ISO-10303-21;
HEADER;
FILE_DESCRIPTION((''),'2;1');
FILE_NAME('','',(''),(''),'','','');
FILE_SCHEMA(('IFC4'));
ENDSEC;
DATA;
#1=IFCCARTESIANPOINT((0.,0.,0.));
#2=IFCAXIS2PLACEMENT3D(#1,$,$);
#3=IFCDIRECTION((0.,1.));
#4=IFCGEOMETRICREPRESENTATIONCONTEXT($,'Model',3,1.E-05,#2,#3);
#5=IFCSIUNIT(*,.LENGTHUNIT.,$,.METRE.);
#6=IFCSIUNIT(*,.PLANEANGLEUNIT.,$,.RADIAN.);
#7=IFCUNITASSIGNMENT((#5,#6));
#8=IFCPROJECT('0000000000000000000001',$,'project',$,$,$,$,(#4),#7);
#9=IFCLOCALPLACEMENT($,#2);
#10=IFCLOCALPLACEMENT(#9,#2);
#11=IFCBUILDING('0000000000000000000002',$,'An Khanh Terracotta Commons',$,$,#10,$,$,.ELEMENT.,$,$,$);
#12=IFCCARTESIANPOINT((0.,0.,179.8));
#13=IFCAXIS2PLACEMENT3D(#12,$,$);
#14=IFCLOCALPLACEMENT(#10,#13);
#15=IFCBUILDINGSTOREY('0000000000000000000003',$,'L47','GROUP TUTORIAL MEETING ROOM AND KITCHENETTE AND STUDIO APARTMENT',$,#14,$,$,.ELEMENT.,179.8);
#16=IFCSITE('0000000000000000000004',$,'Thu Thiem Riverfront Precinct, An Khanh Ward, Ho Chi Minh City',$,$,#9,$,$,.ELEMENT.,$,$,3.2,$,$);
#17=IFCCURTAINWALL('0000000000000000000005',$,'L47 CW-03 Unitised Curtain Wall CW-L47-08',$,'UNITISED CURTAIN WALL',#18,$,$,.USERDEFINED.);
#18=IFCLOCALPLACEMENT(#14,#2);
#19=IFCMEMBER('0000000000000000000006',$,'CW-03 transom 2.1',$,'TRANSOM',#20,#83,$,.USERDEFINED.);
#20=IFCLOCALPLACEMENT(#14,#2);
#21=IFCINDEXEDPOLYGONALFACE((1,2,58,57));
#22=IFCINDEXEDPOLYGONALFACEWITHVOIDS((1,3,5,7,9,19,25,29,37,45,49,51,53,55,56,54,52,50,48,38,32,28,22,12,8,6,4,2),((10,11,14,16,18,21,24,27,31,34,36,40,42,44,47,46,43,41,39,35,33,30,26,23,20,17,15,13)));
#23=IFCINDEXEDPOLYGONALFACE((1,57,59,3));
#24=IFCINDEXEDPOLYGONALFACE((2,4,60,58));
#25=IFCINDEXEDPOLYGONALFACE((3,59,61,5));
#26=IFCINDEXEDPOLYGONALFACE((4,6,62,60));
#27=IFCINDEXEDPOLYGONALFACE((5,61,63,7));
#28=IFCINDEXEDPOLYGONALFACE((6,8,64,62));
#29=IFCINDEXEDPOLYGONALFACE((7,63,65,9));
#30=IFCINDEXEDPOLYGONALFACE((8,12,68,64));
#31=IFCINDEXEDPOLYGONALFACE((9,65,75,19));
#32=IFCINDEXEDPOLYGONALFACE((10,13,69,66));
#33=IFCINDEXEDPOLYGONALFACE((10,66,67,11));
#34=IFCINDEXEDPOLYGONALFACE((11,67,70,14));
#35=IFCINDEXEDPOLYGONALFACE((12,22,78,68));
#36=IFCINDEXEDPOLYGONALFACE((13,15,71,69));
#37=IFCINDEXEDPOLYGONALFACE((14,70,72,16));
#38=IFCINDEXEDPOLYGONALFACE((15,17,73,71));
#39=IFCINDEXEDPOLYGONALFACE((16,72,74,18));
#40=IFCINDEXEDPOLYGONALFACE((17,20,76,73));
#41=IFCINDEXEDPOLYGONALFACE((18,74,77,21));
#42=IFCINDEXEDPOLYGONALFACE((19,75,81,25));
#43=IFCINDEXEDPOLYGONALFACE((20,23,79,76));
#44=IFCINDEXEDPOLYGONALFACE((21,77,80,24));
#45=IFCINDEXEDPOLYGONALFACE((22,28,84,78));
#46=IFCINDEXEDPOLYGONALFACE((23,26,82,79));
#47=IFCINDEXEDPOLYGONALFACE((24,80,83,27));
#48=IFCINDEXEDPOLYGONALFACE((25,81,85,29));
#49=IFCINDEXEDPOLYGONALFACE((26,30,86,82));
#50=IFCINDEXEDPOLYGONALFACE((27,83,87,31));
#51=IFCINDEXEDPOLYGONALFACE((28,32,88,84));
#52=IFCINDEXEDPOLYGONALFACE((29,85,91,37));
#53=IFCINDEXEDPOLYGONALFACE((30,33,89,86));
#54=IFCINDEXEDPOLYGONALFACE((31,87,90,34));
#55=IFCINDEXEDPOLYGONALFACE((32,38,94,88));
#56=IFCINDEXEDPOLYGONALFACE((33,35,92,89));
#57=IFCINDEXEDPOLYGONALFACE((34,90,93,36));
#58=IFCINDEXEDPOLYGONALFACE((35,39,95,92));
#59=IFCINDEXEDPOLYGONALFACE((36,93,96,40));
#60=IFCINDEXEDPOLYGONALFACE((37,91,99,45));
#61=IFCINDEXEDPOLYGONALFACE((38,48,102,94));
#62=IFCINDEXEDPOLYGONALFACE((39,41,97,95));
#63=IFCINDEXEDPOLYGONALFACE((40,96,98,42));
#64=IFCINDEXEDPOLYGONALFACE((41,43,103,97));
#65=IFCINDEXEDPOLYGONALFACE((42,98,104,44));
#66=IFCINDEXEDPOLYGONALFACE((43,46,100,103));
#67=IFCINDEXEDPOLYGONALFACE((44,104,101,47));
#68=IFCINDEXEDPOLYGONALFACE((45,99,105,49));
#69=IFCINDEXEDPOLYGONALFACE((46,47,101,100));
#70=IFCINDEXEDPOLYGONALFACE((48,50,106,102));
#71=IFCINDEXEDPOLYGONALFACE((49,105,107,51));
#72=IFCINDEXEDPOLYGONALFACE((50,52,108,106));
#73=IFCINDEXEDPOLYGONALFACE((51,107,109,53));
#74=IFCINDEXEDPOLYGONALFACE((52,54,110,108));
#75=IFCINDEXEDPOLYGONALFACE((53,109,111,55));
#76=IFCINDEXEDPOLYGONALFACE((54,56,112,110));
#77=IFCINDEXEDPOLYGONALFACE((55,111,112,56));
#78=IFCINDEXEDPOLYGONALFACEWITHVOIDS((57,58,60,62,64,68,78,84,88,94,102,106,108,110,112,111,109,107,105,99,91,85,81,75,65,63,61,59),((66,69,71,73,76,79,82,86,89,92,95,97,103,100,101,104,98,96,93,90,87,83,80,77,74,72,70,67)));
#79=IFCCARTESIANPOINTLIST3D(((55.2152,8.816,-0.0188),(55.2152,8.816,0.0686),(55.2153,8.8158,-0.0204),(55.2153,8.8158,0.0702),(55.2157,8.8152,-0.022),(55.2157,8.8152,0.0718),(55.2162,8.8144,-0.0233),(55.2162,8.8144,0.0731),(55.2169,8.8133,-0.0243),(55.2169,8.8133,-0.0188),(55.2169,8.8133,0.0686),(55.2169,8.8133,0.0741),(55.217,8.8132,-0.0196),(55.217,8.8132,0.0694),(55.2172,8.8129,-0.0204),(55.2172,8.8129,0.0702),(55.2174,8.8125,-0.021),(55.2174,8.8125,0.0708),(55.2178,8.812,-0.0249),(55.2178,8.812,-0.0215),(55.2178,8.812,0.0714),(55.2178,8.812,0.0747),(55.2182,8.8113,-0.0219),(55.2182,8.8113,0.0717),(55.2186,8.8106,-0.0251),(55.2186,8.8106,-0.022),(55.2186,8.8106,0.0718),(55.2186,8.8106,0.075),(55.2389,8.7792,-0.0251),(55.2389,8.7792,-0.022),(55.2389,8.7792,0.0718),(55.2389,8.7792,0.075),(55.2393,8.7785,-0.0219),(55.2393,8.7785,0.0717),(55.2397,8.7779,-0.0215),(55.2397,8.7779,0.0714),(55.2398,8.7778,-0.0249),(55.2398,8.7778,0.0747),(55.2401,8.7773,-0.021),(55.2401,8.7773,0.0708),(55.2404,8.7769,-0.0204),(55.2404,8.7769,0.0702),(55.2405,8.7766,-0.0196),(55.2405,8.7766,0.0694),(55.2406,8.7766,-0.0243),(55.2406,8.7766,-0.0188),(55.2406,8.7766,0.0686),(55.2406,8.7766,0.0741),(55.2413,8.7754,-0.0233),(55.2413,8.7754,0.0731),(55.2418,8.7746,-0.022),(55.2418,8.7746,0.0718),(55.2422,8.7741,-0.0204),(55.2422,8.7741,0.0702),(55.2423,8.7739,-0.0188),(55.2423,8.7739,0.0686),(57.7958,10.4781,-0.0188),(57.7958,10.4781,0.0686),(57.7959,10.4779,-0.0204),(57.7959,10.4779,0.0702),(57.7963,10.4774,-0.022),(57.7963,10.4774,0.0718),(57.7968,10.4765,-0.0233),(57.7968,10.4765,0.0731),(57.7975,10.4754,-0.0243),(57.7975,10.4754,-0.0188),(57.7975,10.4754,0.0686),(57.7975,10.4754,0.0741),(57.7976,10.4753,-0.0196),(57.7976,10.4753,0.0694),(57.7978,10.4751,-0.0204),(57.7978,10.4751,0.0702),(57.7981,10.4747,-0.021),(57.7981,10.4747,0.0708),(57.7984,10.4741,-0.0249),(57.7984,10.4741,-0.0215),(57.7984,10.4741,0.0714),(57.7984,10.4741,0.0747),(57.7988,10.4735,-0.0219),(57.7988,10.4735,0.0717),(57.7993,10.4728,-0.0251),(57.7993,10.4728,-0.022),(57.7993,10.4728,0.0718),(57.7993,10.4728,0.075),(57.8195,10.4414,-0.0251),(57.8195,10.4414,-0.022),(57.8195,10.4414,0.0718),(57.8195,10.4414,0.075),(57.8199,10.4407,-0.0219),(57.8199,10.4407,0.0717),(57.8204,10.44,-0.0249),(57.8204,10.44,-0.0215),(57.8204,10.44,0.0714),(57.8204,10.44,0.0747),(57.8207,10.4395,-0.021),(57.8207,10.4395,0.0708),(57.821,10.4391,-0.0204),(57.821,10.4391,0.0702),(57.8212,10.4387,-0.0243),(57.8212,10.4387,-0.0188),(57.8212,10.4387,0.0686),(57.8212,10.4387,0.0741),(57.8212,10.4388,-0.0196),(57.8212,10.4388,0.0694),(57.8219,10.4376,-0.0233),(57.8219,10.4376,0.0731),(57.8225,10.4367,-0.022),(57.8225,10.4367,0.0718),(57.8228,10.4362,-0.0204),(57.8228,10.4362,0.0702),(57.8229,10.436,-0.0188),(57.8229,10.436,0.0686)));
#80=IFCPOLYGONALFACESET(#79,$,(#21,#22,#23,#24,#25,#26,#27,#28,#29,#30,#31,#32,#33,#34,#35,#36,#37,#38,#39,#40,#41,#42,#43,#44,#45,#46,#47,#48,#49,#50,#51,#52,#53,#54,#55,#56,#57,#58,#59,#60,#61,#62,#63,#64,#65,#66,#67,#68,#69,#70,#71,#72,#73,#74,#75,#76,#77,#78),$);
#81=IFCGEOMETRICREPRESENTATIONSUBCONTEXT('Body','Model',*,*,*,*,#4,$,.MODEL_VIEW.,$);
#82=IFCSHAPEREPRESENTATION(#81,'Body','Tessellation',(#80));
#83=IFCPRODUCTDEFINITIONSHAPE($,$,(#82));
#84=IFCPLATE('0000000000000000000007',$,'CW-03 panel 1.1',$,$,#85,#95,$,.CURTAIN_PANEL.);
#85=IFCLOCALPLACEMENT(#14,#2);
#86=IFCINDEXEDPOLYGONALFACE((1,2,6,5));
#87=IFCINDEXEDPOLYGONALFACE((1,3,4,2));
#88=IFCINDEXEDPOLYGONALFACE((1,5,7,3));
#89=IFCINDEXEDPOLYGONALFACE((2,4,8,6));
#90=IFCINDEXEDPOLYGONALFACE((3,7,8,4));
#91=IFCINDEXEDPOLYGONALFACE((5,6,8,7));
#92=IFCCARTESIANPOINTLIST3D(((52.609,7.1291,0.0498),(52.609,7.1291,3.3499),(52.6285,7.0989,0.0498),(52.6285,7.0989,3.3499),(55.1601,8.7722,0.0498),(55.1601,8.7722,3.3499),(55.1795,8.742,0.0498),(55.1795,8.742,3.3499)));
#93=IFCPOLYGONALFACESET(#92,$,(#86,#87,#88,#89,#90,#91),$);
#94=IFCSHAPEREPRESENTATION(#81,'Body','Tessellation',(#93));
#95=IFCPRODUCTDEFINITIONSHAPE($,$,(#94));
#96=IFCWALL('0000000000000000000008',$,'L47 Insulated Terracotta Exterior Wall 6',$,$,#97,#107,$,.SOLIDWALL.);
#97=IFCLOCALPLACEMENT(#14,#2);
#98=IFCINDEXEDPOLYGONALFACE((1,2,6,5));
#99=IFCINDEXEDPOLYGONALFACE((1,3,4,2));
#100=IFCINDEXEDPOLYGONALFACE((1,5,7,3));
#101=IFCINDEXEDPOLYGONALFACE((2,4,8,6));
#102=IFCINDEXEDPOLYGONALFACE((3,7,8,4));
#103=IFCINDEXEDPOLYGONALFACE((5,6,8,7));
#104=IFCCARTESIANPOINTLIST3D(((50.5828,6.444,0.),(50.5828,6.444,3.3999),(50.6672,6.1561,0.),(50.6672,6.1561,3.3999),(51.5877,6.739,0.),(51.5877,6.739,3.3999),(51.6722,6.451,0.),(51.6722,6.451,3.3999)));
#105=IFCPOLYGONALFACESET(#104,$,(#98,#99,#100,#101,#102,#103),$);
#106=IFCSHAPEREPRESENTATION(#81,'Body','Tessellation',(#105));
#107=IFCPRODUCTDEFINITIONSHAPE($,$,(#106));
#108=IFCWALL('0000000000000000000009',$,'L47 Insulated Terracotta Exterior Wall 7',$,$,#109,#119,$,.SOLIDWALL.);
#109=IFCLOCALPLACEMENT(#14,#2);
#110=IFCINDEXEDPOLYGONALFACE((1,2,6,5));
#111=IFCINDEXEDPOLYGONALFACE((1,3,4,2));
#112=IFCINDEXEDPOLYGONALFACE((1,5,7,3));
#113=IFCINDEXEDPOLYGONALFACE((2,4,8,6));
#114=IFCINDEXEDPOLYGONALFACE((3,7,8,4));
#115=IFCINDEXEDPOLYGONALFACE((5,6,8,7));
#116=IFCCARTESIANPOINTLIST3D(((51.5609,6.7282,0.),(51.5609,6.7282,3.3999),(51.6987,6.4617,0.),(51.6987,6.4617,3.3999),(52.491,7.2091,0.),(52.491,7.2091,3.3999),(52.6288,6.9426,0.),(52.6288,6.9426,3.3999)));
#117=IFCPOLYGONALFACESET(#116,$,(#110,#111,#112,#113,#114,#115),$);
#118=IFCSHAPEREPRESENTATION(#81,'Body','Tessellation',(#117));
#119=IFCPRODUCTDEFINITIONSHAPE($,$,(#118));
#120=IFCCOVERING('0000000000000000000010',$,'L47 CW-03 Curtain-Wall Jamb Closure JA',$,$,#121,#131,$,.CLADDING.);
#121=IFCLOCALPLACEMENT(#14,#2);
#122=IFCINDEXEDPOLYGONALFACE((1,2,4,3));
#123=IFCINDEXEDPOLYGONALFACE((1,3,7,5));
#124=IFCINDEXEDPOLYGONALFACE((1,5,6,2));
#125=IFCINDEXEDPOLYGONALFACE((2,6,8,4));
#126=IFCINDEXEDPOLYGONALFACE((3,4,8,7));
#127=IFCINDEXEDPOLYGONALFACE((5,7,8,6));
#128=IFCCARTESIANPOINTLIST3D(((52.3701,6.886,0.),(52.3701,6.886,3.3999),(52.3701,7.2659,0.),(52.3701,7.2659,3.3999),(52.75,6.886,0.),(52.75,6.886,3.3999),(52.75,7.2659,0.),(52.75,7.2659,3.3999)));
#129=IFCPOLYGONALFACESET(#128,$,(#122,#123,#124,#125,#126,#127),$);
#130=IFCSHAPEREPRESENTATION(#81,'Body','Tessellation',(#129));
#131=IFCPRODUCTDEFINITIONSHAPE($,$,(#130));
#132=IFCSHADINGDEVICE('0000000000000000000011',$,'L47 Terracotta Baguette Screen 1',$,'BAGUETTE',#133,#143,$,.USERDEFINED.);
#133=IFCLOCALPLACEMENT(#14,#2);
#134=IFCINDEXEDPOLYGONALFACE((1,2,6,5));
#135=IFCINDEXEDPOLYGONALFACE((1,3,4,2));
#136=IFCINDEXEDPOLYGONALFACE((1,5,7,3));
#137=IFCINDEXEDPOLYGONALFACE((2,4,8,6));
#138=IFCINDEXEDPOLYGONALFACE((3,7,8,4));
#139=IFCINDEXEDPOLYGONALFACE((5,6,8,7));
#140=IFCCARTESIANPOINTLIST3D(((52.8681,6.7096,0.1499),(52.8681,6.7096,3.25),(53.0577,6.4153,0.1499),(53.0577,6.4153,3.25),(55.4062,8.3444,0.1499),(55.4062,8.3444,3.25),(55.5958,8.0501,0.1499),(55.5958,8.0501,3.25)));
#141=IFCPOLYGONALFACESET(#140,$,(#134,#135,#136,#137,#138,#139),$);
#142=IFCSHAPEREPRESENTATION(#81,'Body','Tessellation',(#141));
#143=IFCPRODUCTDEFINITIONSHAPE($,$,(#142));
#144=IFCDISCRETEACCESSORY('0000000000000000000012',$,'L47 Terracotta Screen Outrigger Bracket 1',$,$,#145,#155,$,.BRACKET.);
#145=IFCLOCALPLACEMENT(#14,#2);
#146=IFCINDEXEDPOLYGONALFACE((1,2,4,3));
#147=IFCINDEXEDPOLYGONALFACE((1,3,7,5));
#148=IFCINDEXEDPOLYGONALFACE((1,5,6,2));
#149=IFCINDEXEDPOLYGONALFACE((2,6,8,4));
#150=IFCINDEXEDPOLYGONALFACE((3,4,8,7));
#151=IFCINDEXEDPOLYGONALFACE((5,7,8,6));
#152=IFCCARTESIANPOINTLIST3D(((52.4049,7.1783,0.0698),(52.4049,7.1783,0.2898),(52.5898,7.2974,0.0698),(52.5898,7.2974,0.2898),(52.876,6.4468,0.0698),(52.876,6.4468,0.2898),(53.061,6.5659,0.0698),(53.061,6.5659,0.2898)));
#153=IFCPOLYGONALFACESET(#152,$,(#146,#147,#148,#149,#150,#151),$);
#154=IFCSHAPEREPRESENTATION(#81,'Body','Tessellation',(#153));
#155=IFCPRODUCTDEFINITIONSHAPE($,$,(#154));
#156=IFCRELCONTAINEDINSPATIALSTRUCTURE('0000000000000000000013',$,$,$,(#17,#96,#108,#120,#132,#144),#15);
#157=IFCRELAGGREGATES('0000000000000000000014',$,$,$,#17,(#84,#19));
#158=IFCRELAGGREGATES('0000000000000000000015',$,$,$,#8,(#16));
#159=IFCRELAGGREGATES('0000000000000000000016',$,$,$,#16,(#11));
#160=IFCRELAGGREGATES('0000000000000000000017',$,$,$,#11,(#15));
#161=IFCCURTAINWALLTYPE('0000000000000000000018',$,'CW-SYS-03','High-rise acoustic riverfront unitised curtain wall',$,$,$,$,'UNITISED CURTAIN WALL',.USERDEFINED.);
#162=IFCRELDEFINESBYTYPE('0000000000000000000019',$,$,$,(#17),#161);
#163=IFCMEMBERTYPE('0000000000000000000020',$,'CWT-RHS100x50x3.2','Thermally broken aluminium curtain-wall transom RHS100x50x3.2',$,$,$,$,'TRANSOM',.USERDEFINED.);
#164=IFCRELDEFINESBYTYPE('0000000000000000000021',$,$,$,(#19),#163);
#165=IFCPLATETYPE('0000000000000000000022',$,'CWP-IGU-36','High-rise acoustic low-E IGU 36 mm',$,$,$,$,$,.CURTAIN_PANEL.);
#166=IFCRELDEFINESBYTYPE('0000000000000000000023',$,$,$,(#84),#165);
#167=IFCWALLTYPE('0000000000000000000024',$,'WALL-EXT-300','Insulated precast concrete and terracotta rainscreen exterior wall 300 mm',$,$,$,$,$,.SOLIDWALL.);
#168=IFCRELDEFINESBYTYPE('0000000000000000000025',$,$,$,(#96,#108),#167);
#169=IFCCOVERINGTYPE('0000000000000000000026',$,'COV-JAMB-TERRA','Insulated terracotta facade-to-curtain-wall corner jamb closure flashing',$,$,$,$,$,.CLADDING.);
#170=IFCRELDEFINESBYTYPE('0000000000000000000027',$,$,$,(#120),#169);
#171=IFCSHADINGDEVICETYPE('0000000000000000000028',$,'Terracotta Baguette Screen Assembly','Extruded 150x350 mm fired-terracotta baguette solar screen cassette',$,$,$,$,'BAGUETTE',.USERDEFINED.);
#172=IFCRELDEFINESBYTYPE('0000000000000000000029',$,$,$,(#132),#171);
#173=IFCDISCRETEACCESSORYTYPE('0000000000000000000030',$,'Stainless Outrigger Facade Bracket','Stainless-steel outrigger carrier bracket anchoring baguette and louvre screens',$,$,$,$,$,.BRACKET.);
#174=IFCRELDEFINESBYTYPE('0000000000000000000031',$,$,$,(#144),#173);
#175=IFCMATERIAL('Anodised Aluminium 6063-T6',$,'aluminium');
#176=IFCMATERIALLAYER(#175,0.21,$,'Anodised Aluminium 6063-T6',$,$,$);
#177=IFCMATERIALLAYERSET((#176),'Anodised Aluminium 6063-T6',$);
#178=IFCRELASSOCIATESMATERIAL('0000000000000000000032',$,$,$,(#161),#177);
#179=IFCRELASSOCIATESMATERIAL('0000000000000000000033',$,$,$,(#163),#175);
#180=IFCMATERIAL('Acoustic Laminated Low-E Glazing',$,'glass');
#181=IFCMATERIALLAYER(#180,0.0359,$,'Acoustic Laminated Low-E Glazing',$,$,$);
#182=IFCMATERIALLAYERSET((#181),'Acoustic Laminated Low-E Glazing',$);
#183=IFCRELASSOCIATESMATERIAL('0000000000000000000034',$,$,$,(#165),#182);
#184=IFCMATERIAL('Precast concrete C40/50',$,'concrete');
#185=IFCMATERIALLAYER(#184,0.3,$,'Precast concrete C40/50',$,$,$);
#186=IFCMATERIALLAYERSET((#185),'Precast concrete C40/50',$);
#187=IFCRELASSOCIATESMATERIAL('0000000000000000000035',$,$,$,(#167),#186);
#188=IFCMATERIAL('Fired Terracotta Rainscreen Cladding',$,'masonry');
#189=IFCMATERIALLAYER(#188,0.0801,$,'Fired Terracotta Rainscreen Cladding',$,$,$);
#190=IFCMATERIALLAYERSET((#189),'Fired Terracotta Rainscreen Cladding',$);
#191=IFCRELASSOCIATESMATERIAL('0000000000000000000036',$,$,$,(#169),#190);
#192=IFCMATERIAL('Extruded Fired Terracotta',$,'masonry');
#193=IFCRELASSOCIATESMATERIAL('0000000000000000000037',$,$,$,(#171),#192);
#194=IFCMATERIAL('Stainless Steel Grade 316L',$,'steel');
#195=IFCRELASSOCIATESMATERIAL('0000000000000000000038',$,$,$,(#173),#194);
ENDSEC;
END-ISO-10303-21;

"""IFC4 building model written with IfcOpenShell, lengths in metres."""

from ifc_helpers import new_model, si_unit, direction, frame, frame_2d, origin, origin_2d, place, context, subcontext, project, spatial, rectangle, hollow_rectangle, extrude, material, layer, layer_set, material_profile, profile_set, type_object, element, aggregate, save


model = new_model("IFC4")

# Units and contexts
model_context = context("Model", 3, precision=1e-05, world=origin(), true_north=direction((0.0, 1.0)))
body_context = subcontext(model_context, "Body", "Model", "MODEL_VIEW")
ifc_project = project(units=[si_unit("LENGTHUNIT", "METRE"), si_unit("PLANEANGLEUNIT", "RADIAN")], contexts=[model_context])

# Site, building, storey
site_placement = place(None, origin())
site = spatial("IfcSite", under=ifc_project, at=site_placement, Name="Thu Thiem Riverfront Precinct, An Khanh Ward, Ho Chi Minh City", CompositionType="ELEMENT", RefElevation=3.2)
building_placement = place(site_placement, origin())
building = spatial("IfcBuilding", under=site, at=building_placement, Name="An Khanh Terracotta Commons", CompositionType="ELEMENT")
storey_placement = place(building_placement, frame((0.0, 0.0, 179.8)))
storey = spatial("IfcBuildingStorey", under=building, at=storey_placement, Name="L47", Description="GROUP TUTORIAL MEETING ROOM AND KITCHENETTE AND STUDIO APARTMENT", CompositionType="ELEMENT", Elevation=179.8)

# Curtain wall, member, plate
ifc_material_1 = material(Name="Anodised Aluminium 6063-T6", Category="aluminium")
ifc_layer_1 = layer(ifc_material_1, 0.21, Name="Anodised Aluminium 6063-T6")
ifc_layer_set_1 = layer_set([ifc_layer_1], Name="Anodised Aluminium 6063-T6")
curtain_wall_type = type_object("IfcCurtainWallType", Name="CW-SYS-03", Description="High-rise acoustic riverfront unitised curtain wall", ElementType="UNITISED CURTAIN WALL", PredefinedType="USERDEFINED", material=ifc_layer_set_1)
curtain_wall_placement = place(storey_placement, origin())
curtain_wall = element("IfcCurtainWall", 1, at=curtain_wall_placement, inside=storey, type_object=curtain_wall_type, Name="L47 CW-03 Unitised Curtain Wall CW-L47-08", ObjectType="UNITISED CURTAIN WALL", PredefinedType="USERDEFINED")
ifc_material_profile_1 = material_profile(ifc_material_1, hollow_rectangle(XDim=0.05, YDim=0.1001, WallThickness=0.0032, InnerFilletRadius=0.0032, OuterFilletRadius=0.0063, at=origin_2d()), Name="RHS100x50x3.2")
ifc_profile_set_1 = profile_set([ifc_material_profile_1], Name="Anodised Aluminium 6063-T6")
member_type_1 = type_object("IfcMemberType", Name="CWT-RHS100x50x3.2", Description="Thermally broken aluminium curtain-wall transom RHS100x50x3.2", ElementType="TRANSOM", PredefinedType="USERDEFINED", material=ifc_profile_set_1)
member_1_placement = place(storey_placement, frame((55.2288, 8.7949, 0.0249), z_axis=(0.840708, 0.541489, 0.0), x_axis=(-0.541489, 0.840708, 0.0)))
member_1 = element("IfcMember", 2, at=member_1_placement, type_object=member_type_1, Name="CW-03 transom 2.1", ObjectType="TRANSOM", PredefinedType="USERDEFINED", context=body_context, shape_type="SweptSolid", body=[
    extrude(hollow_rectangle(XDim=0.05, YDim=0.1001, WallThickness=0.0032, InnerFilletRadius=0.0032, OuterFilletRadius=0.0063, at=origin_2d()), origin(), (0.0, 0.0, 1.0), 3.0696),
])
ifc_material_2 = material(Name="Acoustic Laminated Low-E Glazing", Category="glass")
ifc_layer_2 = layer(ifc_material_2, 0.0359, Name="Acoustic Laminated Low-E Glazing")
ifc_layer_set_2 = layer_set([ifc_layer_2], Name="Acoustic Laminated Low-E Glazing")
plate_type = type_object("IfcPlateType", Name="CWP-IGU-36", Description="High-rise acoustic low-E IGU 36 mm", PredefinedType="CURTAIN_PANEL", material=ifc_layer_set_2)
plate_placement = place(storey_placement, frame((53.8943, 7.9355, 0.0498), z_axis=(0.0, 0.0, 1.0), x_axis=(0.840702, 0.541498, 0.0)))
plate = element("IfcPlate", 3, at=plate_placement, type_object=plate_type, Name="CW-03 panel 1.1", PredefinedType="CURTAIN_PANEL", context=body_context, shape_type="SweptSolid", body=[
    extrude(rectangle(XDim=3.0344, YDim=0.0359, at=origin_2d()), origin(), (0.0, 0.0, 1.0), 3.3),
])
aggregate(curtain_wall, [plate, member_1])

# Walls
ifc_material_3 = material(Name="Precast concrete C40/50", Category="concrete")
ifc_layer_3 = layer(ifc_material_3, 0.3, Name="Precast concrete C40/50")
ifc_layer_set_3 = layer_set([ifc_layer_3], Name="Precast concrete C40/50")
wall_type = type_object("IfcWallType", Name="WALL-EXT-300", Description="Insulated precast concrete and terracotta rainscreen exterior wall 300 mm", PredefinedType="SOLIDWALL", material=ifc_layer_set_3)
wall_1_placement = place(storey_placement, frame((50.625, 6.3, 0.0), z_axis=(0.0, 0.0, 1.0), x_axis=(0.959529, 0.281611, 0.0)))
element("IfcWall", 4, at=wall_1_placement, inside=storey, type_object=wall_type, Name="L47 Insulated Terracotta Exterior Wall 6", PredefinedType="SOLIDWALL", context=body_context, shape_type="SweptSolid", body=[
    extrude(rectangle(XDim=1.0474, YDim=0.3, at=frame_2d((0.5237, 0.0))), origin(), (0.0, 0.0, 1.0), 3.3999),
])
wall_2_placement = place(storey_placement, frame((51.6299, 6.595, 0.0), z_axis=(0.0, 0.0, 1.0), x_axis=(0.888283, 0.459296, 0.0)))
element("IfcWall", 5, at=wall_2_placement, inside=storey, type_object=wall_type, Name="L47 Insulated Terracotta Exterior Wall 7", PredefinedType="SOLIDWALL", context=body_context, shape_type="SweptSolid", body=[
    extrude(rectangle(XDim=1.0471, YDim=0.3, at=frame_2d((0.5234, 0.0))), origin(), (0.0, 0.0, 1.0), 3.3999),
])

# Covering
ifc_material_4 = material(Name="Fired Terracotta Rainscreen Cladding", Category="masonry")
ifc_layer_4 = layer(ifc_material_4, 0.0801, Name="Fired Terracotta Rainscreen Cladding")
ifc_layer_set_4 = layer_set([ifc_layer_4], Name="Fired Terracotta Rainscreen Cladding")
covering_type = type_object("IfcCoveringType", Name="COV-JAMB-TERRA", Description="Insulated terracotta facade-to-curtain-wall corner jamb closure flashing", PredefinedType="CLADDING", material=ifc_layer_set_4)
covering_placement = place(storey_placement, frame((52.5601, 7.0759, 0.0), z_axis=(0.0, 0.0, 1.0), x_axis=(1.0, 0.0, 0.0)))
element("IfcCovering", 6, at=covering_placement, inside=storey, type_object=covering_type, Name="L47 CW-03 Curtain-Wall Jamb Closure JA", PredefinedType="CLADDING", context=body_context, shape_type="SweptSolid", body=[
    extrude(rectangle(XDim=0.3799, YDim=0.3799, at=origin_2d()), origin(), (0.0, 0.0, 1.0), 3.3999),
])

# Shading device
ifc_material_5 = material(Name="Extruded Fired Terracotta", Category="masonry")
shading_device_type = type_object("IfcShadingDeviceType", Name="Terracotta Baguette Screen Assembly", Description="Extruded 150x350 mm fired-terracotta baguette solar screen cassette", ElementType="BAGUETTE", PredefinedType="USERDEFINED", material=ifc_material_5)
shading_device_placement = place(storey_placement, frame((54.2319, 7.3799, 0.1499), z_axis=(0.0, 0.0, 1.0), x_axis=(0.840702, 0.541498, 0.0)))
element("IfcShadingDevice", 7, at=shading_device_placement, inside=storey, type_object=shading_device_type, Name="L47 Terracotta Baguette Screen 1", ObjectType="BAGUETTE", PredefinedType="USERDEFINED", context=body_context, shape_type="SweptSolid", body=[
    extrude(rectangle(XDim=3.019, YDim=0.3501, at=origin_2d()), origin(), (0.0, 0.0, 1.0), 3.1001),
])

# Discrete accessory
ifc_material_6 = material(Name="Stainless Steel Grade 316L", Category="steel")
discrete_accessory_type = type_object("IfcDiscreteAccessoryType", Name="Stainless Outrigger Facade Bracket", Description="Stainless-steel outrigger carrier bracket anchoring baguette and louvre screens", PredefinedType="BRACKET", material=ifc_material_6)
discrete_accessory_placement = place(storey_placement, frame((52.7329, 6.8721, 0.0698), z_axis=(0.0, 0.0, 1.0), x_axis=(0.840702, 0.541498, 0.0)))
element("IfcDiscreteAccessory", 8, at=discrete_accessory_placement, inside=storey, type_object=discrete_accessory_type, Name="L47 Terracotta Screen Outrigger Bracket 1", PredefinedType="BRACKET", context=body_context, shape_type="SweptSolid", body=[
    extrude(rectangle(XDim=0.22, YDim=0.8701, at=origin_2d()), origin(), (0.0, 0.0, 1.0), 0.22),
])

save(model, "model.ifc")
